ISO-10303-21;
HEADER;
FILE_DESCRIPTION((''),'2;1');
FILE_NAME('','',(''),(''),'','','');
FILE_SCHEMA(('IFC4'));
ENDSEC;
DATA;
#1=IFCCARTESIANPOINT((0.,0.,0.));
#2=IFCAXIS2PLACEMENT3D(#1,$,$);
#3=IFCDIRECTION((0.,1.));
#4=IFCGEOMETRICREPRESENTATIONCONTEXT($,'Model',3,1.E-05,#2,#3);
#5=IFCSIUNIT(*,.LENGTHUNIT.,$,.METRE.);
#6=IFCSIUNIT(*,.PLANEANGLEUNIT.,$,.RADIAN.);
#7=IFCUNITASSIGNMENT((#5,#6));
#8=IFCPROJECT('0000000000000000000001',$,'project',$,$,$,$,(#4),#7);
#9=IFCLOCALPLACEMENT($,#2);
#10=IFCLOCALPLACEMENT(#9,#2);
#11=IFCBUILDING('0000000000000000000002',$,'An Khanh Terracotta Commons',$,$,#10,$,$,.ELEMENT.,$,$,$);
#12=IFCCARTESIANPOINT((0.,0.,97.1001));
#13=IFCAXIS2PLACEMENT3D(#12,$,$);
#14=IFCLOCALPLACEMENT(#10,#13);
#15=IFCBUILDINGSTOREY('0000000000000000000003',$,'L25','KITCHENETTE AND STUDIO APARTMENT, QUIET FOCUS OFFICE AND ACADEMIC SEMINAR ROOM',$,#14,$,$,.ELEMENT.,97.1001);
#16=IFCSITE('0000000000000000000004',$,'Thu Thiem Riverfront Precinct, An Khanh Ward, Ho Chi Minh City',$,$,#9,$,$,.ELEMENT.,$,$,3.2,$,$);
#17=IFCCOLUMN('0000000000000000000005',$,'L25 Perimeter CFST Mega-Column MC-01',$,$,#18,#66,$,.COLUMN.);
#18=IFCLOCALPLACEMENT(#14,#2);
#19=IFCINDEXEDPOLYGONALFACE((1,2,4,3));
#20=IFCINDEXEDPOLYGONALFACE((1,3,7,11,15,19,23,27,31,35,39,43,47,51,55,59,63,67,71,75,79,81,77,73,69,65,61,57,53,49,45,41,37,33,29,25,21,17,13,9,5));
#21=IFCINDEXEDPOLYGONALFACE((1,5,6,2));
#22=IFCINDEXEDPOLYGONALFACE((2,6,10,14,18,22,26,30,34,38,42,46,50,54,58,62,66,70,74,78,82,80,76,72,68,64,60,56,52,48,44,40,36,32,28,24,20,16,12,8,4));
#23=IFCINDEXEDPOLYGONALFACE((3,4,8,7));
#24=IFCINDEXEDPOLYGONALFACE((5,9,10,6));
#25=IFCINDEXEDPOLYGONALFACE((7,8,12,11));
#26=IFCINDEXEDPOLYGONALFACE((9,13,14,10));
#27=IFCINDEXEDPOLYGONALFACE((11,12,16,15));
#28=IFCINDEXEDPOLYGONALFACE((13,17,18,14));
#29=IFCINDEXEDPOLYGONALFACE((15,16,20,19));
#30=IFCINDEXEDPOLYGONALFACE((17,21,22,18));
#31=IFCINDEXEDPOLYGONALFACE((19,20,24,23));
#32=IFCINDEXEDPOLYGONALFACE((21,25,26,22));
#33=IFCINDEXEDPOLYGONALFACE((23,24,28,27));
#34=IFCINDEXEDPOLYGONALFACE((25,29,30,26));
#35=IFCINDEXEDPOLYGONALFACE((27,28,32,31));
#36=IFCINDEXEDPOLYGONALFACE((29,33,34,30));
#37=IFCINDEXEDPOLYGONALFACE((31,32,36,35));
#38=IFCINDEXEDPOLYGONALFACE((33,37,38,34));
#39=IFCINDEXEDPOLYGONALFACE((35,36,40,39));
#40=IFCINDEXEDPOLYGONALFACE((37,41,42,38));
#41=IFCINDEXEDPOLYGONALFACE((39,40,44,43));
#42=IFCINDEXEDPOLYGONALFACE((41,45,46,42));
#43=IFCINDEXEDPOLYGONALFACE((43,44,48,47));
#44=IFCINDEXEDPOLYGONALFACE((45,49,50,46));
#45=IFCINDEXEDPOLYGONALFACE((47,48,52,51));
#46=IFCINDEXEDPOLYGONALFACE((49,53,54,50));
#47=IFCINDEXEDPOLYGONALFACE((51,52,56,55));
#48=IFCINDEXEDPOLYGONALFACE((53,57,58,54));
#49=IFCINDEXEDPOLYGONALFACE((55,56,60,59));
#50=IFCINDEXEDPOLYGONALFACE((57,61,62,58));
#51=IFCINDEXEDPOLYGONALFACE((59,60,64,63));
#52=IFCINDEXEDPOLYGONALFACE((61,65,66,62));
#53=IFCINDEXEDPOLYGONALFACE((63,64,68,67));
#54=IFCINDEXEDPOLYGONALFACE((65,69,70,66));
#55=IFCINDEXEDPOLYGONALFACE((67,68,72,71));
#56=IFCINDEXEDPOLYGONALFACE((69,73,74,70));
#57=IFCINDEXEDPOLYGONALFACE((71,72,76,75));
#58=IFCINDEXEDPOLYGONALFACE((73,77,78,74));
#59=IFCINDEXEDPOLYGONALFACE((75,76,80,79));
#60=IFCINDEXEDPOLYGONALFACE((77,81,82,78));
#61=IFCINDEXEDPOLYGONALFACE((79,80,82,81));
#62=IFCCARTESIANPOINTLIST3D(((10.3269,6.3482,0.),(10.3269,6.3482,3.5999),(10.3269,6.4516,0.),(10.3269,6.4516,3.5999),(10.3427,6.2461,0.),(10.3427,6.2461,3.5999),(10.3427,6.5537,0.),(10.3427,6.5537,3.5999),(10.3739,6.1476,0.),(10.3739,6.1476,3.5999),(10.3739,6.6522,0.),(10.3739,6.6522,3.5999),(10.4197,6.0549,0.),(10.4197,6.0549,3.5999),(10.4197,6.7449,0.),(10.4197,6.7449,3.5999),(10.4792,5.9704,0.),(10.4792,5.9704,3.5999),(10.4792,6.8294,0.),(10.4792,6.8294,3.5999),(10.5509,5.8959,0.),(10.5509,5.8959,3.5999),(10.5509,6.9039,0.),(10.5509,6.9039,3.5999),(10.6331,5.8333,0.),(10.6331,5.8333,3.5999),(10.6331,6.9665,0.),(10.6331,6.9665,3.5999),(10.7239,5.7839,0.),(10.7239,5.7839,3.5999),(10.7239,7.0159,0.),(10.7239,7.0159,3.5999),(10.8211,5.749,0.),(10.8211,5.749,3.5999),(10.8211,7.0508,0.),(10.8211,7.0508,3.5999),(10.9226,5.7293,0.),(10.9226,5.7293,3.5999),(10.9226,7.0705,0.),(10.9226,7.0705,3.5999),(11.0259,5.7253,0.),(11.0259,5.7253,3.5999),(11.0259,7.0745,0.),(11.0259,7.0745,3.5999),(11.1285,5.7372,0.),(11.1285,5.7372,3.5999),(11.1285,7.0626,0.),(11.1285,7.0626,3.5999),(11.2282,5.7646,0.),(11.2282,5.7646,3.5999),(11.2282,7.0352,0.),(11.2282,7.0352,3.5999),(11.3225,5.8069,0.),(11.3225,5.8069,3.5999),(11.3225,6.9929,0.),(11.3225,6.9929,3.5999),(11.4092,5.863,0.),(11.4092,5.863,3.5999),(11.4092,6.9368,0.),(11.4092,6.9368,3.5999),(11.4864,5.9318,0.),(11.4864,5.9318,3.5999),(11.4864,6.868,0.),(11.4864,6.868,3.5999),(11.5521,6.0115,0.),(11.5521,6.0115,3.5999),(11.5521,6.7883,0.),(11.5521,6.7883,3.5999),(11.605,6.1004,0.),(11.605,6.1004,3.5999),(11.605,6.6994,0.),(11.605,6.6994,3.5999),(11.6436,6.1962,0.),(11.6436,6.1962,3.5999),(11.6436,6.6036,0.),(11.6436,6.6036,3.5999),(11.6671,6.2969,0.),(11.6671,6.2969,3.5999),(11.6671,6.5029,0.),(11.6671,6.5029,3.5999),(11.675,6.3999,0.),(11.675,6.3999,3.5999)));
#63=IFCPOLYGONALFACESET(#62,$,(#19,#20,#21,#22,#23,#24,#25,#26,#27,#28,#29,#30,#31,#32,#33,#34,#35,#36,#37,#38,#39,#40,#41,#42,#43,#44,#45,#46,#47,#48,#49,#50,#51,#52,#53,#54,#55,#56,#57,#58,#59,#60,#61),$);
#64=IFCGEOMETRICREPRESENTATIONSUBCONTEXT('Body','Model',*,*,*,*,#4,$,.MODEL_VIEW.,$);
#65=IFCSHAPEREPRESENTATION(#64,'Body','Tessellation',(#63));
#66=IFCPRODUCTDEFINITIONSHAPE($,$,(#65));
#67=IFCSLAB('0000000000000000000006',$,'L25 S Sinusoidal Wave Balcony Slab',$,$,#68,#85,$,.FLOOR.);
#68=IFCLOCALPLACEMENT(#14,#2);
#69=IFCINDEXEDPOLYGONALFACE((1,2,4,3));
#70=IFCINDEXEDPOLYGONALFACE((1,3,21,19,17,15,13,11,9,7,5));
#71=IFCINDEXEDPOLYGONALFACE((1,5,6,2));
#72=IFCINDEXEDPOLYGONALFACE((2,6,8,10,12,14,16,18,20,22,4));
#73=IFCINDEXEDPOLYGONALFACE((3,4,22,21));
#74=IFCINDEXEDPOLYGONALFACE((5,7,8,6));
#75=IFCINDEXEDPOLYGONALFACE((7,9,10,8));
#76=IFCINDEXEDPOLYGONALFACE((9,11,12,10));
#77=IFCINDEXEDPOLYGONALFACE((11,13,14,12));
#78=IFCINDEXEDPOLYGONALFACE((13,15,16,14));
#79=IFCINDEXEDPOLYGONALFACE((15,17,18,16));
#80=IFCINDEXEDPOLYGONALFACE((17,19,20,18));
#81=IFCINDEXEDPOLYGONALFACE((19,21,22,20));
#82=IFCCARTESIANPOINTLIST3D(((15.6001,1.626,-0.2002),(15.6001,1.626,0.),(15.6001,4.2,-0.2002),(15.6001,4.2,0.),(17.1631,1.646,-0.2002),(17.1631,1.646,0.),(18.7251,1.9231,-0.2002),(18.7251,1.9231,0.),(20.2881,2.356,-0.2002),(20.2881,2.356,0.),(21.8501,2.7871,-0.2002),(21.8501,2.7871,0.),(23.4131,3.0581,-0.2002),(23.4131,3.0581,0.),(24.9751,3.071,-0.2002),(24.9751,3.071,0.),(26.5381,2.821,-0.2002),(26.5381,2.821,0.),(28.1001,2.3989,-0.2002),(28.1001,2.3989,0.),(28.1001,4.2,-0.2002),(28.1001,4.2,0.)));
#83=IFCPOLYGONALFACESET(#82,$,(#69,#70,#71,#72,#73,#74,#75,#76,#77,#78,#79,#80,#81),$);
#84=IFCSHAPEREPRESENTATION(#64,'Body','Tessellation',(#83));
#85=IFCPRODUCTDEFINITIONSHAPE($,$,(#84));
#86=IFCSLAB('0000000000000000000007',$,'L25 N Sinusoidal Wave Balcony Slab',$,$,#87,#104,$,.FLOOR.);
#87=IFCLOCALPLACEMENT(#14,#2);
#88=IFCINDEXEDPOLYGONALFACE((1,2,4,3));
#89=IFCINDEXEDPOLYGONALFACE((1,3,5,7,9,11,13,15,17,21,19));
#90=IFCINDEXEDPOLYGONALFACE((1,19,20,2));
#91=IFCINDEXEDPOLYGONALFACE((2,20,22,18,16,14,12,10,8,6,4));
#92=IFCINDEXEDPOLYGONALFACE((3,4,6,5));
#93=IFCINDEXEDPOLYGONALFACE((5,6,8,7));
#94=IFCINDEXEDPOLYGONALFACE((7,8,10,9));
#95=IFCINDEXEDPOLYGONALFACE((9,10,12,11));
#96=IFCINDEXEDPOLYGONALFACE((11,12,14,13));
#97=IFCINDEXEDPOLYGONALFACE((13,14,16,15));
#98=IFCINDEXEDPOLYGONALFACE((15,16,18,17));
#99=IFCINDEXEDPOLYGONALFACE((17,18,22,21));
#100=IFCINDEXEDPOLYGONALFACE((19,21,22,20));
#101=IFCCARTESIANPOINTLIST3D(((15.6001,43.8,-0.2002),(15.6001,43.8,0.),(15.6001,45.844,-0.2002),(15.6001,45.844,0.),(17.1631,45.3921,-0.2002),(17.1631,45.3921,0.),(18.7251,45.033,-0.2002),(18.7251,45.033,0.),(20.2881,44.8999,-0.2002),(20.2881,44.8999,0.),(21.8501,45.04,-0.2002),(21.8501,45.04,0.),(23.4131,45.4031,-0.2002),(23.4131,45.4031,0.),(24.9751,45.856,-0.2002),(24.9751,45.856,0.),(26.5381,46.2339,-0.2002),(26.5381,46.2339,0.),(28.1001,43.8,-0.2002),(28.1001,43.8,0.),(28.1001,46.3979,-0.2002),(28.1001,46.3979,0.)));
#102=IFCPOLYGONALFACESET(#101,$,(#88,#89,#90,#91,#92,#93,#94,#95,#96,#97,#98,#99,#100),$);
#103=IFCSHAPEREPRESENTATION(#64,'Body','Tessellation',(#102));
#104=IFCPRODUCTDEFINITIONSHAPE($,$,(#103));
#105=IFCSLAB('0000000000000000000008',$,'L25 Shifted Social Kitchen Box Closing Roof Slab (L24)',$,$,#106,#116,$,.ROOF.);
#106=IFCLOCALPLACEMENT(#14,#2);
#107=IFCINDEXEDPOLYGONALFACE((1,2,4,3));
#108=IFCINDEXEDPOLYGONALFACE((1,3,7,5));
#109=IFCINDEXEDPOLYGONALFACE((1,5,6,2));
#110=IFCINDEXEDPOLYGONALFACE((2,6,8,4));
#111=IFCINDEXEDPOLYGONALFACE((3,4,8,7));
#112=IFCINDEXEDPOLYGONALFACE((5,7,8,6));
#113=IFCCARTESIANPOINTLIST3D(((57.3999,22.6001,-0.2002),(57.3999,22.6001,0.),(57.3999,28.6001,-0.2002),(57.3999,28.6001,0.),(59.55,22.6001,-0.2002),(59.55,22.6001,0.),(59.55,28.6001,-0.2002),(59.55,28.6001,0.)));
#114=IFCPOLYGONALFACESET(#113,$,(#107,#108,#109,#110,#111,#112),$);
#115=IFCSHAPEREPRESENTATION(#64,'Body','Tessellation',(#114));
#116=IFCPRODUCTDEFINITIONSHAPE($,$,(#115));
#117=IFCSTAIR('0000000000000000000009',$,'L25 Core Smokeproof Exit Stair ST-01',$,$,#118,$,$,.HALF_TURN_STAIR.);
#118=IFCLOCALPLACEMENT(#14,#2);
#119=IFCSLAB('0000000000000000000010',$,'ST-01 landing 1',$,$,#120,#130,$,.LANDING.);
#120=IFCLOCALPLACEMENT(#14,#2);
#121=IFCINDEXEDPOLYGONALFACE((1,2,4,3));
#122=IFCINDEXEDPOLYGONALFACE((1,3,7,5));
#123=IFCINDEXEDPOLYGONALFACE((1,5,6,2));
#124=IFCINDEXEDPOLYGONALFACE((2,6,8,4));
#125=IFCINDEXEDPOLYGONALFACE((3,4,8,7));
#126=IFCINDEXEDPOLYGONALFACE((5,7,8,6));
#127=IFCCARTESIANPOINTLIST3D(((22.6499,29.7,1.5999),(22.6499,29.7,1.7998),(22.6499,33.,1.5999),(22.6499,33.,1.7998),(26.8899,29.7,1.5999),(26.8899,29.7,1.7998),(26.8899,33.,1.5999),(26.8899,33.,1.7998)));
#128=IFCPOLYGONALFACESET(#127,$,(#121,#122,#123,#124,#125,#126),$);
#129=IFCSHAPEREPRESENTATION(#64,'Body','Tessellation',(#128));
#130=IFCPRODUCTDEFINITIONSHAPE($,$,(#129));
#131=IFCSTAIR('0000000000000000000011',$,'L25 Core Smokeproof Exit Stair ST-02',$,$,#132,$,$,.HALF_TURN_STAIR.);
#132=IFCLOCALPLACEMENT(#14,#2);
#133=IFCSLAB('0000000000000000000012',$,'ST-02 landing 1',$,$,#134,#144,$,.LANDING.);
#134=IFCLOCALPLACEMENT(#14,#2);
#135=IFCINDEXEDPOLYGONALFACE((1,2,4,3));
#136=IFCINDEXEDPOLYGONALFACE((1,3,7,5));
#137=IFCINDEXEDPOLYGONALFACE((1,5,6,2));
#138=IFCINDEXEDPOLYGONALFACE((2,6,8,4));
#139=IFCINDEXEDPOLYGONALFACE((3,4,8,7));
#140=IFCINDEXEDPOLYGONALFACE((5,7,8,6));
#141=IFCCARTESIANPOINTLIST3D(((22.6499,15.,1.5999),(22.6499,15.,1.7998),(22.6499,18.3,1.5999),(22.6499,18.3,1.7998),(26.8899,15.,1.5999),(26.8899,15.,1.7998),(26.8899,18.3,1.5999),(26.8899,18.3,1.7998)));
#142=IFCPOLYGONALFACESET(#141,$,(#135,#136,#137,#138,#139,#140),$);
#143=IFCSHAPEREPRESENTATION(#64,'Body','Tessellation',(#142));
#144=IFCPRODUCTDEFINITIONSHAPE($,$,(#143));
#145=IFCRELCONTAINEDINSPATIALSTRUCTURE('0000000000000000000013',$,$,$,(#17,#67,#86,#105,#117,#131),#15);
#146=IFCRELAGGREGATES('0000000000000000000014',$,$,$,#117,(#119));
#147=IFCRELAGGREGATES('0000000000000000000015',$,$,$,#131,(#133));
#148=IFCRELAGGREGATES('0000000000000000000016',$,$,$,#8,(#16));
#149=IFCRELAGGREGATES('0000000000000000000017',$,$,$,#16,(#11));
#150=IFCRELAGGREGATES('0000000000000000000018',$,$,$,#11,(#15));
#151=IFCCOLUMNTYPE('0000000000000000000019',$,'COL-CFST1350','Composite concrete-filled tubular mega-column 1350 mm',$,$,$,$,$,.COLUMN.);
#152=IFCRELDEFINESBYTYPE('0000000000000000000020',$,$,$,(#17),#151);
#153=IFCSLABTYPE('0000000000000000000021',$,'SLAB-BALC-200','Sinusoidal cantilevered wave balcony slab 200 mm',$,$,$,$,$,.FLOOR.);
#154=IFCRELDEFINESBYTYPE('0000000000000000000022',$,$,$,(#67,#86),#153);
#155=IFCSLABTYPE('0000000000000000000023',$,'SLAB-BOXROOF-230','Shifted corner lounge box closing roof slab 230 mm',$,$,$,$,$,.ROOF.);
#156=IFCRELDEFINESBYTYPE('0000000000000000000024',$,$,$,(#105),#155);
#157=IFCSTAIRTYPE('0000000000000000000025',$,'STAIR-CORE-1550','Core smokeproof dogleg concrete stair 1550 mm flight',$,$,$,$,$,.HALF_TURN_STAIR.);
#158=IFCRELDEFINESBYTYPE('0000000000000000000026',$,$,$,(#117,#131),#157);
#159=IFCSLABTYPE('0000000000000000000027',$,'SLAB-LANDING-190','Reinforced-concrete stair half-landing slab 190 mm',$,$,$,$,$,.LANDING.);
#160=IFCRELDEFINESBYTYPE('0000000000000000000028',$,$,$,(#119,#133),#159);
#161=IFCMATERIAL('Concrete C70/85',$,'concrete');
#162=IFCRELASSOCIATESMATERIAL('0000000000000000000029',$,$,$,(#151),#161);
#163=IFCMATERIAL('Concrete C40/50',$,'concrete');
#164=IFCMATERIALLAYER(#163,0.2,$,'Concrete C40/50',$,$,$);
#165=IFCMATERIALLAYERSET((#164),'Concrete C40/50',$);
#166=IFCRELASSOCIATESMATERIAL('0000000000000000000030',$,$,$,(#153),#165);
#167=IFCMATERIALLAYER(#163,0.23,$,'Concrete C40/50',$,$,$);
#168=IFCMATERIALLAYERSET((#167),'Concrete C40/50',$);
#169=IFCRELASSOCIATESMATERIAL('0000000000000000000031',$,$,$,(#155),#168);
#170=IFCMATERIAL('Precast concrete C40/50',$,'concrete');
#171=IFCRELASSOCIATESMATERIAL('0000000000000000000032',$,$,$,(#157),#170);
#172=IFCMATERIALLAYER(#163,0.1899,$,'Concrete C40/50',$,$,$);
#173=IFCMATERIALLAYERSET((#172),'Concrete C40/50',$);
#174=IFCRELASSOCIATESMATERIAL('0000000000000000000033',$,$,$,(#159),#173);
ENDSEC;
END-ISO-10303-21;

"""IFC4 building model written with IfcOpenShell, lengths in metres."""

from ifc_helpers import new_model, si_unit, direction, frame, origin, origin_2d, place, context, subcontext, project, spatial, polyline, circle, outline, extrude, material, layer, layer_set, material_profile, profile_set, type_object, element, aggregate, save


model = new_model("IFC4")

# Units and contexts
model_context = context("Model", 3, precision=1e-05, world=origin(), true_north=direction((0.0, 1.0)))
body_context = subcontext(model_context, "Body", "Model", "MODEL_VIEW")
ifc_project = project(units=[si_unit("LENGTHUNIT", "METRE"), si_unit("PLANEANGLEUNIT", "RADIAN")], contexts=[model_context])

# Site, building, storey
site_placement = place(None, origin())
site = spatial("IfcSite", under=ifc_project, at=site_placement, Name="Thu Thiem Riverfront Precinct, An Khanh Ward, Ho Chi Minh City", CompositionType="ELEMENT", RefElevation=3.2)
building_placement = place(site_placement, origin())
building = spatial("IfcBuilding", under=site, at=building_placement, Name="An Khanh Terracotta Commons", CompositionType="ELEMENT")
storey_placement = place(building_placement, frame((0.0, 0.0, 97.1001)))
storey = spatial("IfcBuildingStorey", under=building, at=storey_placement, Name="L25", Description="KITCHENETTE AND STUDIO APARTMENT, QUIET FOCUS OFFICE AND ACADEMIC SEMINAR ROOM", CompositionType="ELEMENT", Elevation=97.1001)

# Column
ifc_material_1 = material(Name="Concrete C70/85", Category="concrete")
ifc_material_profile = material_profile(ifc_material_1, circle(Radius=0.675, at=origin_2d()), Name="CFST1350")
ifc_profile_set = profile_set([ifc_material_profile], Name="Concrete C70/85")
column_type = type_object("IfcColumnType", Name="COL-CFST1350", Description="Composite concrete-filled tubular mega-column 1350 mm", PredefinedType="COLUMN", material=ifc_profile_set)
column_placement = place(storey_placement, frame((11.0, 6.3999, 0.0), z_axis=(0.0, 0.0, 1.0), x_axis=(1.0, 0.0, 0.0)))
element("IfcColumn", 1, at=column_placement, inside=storey, type_object=column_type, Name="L25 Perimeter CFST Mega-Column MC-01", PredefinedType="COLUMN", context=body_context, shape_type="SweptSolid", body=[
    extrude(circle(Radius=0.675, at=origin_2d()), origin(), (0.0, 0.0, 1.0), 3.5999),
])

# Slabs
ifc_material_2 = material(Name="Concrete C40/50", Category="concrete")
ifc_layer_1 = layer(ifc_material_2, 0.2, Name="Concrete C40/50")
ifc_layer_set_1 = layer_set([ifc_layer_1], Name="Concrete C40/50")
slab_type_1 = type_object("IfcSlabType", Name="SLAB-BALC-200", Description="Sinusoidal cantilevered wave balcony slab 200 mm", PredefinedType="FLOOR", material=ifc_layer_set_1)
slab_1_placement = place(storey_placement, frame((0.0, 0.0, -0.2002)))
element("IfcSlab", 2, at=slab_1_placement, inside=storey, type_object=slab_type_1, Name="L25 S Sinusoidal Wave Balcony Slab", PredefinedType="FLOOR", context=body_context, shape_type="SweptSolid", body=[
    extrude(outline(polyline([(15.6001, 4.2), (15.6001, 1.626), (17.1631, 1.646), (18.7251, 1.9231), (20.2881, 2.356), (21.8501, 2.7871), (23.4131, 3.0581), (24.9751, 3.071), (26.5381, 2.821), (28.1001, 2.3989), (28.1001, 4.2), (15.6001, 4.2)])), origin(), (0.0, 0.0, 1.0), 0.2002),
])
slab_2_placement = place(storey_placement, frame((0.0, 0.0, -0.2002)))
element("IfcSlab", 3, at=slab_2_placement, inside=storey, type_object=slab_type_1, Name="L25 N Sinusoidal Wave Balcony Slab", PredefinedType="FLOOR", context=body_context, shape_type="SweptSolid", body=[
    extrude(outline(polyline([(28.1001, 43.8), (28.1001, 46.3979), (26.5381, 46.2339), (24.9751, 45.856), (23.4131, 45.4031), (21.8501, 45.04), (20.2881, 44.8999), (18.7251, 45.033), (17.1631, 45.3921), (15.6001, 45.844), (15.6001, 43.8), (28.1001, 43.8)])), origin(), (0.0, 0.0, 1.0), 0.2002),
])
ifc_layer_2 = layer(ifc_material_2, 0.23, Name="Concrete C40/50")
ifc_layer_set_2 = layer_set([ifc_layer_2], Name="Concrete C40/50")
slab_type_2 = type_object("IfcSlabType", Name="SLAB-BOXROOF-230", Description="Shifted corner lounge box closing roof slab 230 mm", PredefinedType="ROOF", material=ifc_layer_set_2)
slab_3_placement = place(storey_placement, frame((0.0, 0.0, -0.2002)))
element("IfcSlab", 4, at=slab_3_placement, inside=storey, type_object=slab_type_2, Name="L25 Shifted Social Kitchen Box Closing Roof Slab (L24)", PredefinedType="ROOF", context=body_context, shape_type="SweptSolid", body=[
    extrude(outline(polyline([(57.3999, 22.6001), (59.55, 22.6001), (59.55, 28.6001), (57.3999, 28.6001), (57.3999, 22.6001)])), origin(), (0.0, 0.0, 1.0), 0.2002),
])

# Stairs, slabs
ifc_material_3 = material(Name="Precast concrete C40/50", Category="concrete")
stair_type = type_object("IfcStairType", Name="STAIR-CORE-1550", Description="Core smokeproof dogleg concrete stair 1550 mm flight", PredefinedType="HALF_TURN_STAIR", material=ifc_material_3)
stair_1_placement = place(storey_placement, origin())
stair_1 = element("IfcStair", 5, at=stair_1_placement, inside=storey, type_object=stair_type, Name="L25 Core Smokeproof Exit Stair ST-01", PredefinedType="HALF_TURN_STAIR")
ifc_layer_3 = layer(ifc_material_2, 0.1899, Name="Concrete C40/50")
ifc_layer_set_3 = layer_set([ifc_layer_3], Name="Concrete C40/50")
slab_type_3 = type_object("IfcSlabType", Name="SLAB-LANDING-190", Description="Reinforced-concrete stair half-landing slab 190 mm", PredefinedType="LANDING", material=ifc_layer_set_3)
slab_4_placement = place(storey_placement, frame((0.0, 0.0, 1.5999)))
slab_4 = element("IfcSlab", 6, at=slab_4_placement, type_object=slab_type_3, Name="ST-01 landing 1", PredefinedType="LANDING", context=body_context, shape_type="SweptSolid", body=[
    extrude(outline(polyline([(26.8899, 33.0), (22.6499, 33.0), (22.6499, 29.7), (26.8899, 29.7), (26.8899, 33.0)])), origin(), (0.0, 0.0, 1.0), 0.2),
])
aggregate(stair_1, [slab_4])
stair_2_placement = place(storey_placement, origin())
stair_2 = element("IfcStair", 7, at=stair_2_placement, inside=storey, type_object=stair_type, Name="L25 Core Smokeproof Exit Stair ST-02", PredefinedType="HALF_TURN_STAIR")
slab_5_placement = place(storey_placement, frame((0.0, 0.0, 1.5999)))
slab_5 = element("IfcSlab", 8, at=slab_5_placement, type_object=slab_type_3, Name="ST-02 landing 1", PredefinedType="LANDING", context=body_context, shape_type="SweptSolid", body=[
    extrude(outline(polyline([(26.8899, 18.3), (22.6499, 18.3), (22.6499, 15.0), (26.8899, 15.0), (26.8899, 18.3)])), origin(), (0.0, 0.0, 1.0), 0.2),
])
aggregate(stair_2, [slab_5])

save(model, "model.ifc")
